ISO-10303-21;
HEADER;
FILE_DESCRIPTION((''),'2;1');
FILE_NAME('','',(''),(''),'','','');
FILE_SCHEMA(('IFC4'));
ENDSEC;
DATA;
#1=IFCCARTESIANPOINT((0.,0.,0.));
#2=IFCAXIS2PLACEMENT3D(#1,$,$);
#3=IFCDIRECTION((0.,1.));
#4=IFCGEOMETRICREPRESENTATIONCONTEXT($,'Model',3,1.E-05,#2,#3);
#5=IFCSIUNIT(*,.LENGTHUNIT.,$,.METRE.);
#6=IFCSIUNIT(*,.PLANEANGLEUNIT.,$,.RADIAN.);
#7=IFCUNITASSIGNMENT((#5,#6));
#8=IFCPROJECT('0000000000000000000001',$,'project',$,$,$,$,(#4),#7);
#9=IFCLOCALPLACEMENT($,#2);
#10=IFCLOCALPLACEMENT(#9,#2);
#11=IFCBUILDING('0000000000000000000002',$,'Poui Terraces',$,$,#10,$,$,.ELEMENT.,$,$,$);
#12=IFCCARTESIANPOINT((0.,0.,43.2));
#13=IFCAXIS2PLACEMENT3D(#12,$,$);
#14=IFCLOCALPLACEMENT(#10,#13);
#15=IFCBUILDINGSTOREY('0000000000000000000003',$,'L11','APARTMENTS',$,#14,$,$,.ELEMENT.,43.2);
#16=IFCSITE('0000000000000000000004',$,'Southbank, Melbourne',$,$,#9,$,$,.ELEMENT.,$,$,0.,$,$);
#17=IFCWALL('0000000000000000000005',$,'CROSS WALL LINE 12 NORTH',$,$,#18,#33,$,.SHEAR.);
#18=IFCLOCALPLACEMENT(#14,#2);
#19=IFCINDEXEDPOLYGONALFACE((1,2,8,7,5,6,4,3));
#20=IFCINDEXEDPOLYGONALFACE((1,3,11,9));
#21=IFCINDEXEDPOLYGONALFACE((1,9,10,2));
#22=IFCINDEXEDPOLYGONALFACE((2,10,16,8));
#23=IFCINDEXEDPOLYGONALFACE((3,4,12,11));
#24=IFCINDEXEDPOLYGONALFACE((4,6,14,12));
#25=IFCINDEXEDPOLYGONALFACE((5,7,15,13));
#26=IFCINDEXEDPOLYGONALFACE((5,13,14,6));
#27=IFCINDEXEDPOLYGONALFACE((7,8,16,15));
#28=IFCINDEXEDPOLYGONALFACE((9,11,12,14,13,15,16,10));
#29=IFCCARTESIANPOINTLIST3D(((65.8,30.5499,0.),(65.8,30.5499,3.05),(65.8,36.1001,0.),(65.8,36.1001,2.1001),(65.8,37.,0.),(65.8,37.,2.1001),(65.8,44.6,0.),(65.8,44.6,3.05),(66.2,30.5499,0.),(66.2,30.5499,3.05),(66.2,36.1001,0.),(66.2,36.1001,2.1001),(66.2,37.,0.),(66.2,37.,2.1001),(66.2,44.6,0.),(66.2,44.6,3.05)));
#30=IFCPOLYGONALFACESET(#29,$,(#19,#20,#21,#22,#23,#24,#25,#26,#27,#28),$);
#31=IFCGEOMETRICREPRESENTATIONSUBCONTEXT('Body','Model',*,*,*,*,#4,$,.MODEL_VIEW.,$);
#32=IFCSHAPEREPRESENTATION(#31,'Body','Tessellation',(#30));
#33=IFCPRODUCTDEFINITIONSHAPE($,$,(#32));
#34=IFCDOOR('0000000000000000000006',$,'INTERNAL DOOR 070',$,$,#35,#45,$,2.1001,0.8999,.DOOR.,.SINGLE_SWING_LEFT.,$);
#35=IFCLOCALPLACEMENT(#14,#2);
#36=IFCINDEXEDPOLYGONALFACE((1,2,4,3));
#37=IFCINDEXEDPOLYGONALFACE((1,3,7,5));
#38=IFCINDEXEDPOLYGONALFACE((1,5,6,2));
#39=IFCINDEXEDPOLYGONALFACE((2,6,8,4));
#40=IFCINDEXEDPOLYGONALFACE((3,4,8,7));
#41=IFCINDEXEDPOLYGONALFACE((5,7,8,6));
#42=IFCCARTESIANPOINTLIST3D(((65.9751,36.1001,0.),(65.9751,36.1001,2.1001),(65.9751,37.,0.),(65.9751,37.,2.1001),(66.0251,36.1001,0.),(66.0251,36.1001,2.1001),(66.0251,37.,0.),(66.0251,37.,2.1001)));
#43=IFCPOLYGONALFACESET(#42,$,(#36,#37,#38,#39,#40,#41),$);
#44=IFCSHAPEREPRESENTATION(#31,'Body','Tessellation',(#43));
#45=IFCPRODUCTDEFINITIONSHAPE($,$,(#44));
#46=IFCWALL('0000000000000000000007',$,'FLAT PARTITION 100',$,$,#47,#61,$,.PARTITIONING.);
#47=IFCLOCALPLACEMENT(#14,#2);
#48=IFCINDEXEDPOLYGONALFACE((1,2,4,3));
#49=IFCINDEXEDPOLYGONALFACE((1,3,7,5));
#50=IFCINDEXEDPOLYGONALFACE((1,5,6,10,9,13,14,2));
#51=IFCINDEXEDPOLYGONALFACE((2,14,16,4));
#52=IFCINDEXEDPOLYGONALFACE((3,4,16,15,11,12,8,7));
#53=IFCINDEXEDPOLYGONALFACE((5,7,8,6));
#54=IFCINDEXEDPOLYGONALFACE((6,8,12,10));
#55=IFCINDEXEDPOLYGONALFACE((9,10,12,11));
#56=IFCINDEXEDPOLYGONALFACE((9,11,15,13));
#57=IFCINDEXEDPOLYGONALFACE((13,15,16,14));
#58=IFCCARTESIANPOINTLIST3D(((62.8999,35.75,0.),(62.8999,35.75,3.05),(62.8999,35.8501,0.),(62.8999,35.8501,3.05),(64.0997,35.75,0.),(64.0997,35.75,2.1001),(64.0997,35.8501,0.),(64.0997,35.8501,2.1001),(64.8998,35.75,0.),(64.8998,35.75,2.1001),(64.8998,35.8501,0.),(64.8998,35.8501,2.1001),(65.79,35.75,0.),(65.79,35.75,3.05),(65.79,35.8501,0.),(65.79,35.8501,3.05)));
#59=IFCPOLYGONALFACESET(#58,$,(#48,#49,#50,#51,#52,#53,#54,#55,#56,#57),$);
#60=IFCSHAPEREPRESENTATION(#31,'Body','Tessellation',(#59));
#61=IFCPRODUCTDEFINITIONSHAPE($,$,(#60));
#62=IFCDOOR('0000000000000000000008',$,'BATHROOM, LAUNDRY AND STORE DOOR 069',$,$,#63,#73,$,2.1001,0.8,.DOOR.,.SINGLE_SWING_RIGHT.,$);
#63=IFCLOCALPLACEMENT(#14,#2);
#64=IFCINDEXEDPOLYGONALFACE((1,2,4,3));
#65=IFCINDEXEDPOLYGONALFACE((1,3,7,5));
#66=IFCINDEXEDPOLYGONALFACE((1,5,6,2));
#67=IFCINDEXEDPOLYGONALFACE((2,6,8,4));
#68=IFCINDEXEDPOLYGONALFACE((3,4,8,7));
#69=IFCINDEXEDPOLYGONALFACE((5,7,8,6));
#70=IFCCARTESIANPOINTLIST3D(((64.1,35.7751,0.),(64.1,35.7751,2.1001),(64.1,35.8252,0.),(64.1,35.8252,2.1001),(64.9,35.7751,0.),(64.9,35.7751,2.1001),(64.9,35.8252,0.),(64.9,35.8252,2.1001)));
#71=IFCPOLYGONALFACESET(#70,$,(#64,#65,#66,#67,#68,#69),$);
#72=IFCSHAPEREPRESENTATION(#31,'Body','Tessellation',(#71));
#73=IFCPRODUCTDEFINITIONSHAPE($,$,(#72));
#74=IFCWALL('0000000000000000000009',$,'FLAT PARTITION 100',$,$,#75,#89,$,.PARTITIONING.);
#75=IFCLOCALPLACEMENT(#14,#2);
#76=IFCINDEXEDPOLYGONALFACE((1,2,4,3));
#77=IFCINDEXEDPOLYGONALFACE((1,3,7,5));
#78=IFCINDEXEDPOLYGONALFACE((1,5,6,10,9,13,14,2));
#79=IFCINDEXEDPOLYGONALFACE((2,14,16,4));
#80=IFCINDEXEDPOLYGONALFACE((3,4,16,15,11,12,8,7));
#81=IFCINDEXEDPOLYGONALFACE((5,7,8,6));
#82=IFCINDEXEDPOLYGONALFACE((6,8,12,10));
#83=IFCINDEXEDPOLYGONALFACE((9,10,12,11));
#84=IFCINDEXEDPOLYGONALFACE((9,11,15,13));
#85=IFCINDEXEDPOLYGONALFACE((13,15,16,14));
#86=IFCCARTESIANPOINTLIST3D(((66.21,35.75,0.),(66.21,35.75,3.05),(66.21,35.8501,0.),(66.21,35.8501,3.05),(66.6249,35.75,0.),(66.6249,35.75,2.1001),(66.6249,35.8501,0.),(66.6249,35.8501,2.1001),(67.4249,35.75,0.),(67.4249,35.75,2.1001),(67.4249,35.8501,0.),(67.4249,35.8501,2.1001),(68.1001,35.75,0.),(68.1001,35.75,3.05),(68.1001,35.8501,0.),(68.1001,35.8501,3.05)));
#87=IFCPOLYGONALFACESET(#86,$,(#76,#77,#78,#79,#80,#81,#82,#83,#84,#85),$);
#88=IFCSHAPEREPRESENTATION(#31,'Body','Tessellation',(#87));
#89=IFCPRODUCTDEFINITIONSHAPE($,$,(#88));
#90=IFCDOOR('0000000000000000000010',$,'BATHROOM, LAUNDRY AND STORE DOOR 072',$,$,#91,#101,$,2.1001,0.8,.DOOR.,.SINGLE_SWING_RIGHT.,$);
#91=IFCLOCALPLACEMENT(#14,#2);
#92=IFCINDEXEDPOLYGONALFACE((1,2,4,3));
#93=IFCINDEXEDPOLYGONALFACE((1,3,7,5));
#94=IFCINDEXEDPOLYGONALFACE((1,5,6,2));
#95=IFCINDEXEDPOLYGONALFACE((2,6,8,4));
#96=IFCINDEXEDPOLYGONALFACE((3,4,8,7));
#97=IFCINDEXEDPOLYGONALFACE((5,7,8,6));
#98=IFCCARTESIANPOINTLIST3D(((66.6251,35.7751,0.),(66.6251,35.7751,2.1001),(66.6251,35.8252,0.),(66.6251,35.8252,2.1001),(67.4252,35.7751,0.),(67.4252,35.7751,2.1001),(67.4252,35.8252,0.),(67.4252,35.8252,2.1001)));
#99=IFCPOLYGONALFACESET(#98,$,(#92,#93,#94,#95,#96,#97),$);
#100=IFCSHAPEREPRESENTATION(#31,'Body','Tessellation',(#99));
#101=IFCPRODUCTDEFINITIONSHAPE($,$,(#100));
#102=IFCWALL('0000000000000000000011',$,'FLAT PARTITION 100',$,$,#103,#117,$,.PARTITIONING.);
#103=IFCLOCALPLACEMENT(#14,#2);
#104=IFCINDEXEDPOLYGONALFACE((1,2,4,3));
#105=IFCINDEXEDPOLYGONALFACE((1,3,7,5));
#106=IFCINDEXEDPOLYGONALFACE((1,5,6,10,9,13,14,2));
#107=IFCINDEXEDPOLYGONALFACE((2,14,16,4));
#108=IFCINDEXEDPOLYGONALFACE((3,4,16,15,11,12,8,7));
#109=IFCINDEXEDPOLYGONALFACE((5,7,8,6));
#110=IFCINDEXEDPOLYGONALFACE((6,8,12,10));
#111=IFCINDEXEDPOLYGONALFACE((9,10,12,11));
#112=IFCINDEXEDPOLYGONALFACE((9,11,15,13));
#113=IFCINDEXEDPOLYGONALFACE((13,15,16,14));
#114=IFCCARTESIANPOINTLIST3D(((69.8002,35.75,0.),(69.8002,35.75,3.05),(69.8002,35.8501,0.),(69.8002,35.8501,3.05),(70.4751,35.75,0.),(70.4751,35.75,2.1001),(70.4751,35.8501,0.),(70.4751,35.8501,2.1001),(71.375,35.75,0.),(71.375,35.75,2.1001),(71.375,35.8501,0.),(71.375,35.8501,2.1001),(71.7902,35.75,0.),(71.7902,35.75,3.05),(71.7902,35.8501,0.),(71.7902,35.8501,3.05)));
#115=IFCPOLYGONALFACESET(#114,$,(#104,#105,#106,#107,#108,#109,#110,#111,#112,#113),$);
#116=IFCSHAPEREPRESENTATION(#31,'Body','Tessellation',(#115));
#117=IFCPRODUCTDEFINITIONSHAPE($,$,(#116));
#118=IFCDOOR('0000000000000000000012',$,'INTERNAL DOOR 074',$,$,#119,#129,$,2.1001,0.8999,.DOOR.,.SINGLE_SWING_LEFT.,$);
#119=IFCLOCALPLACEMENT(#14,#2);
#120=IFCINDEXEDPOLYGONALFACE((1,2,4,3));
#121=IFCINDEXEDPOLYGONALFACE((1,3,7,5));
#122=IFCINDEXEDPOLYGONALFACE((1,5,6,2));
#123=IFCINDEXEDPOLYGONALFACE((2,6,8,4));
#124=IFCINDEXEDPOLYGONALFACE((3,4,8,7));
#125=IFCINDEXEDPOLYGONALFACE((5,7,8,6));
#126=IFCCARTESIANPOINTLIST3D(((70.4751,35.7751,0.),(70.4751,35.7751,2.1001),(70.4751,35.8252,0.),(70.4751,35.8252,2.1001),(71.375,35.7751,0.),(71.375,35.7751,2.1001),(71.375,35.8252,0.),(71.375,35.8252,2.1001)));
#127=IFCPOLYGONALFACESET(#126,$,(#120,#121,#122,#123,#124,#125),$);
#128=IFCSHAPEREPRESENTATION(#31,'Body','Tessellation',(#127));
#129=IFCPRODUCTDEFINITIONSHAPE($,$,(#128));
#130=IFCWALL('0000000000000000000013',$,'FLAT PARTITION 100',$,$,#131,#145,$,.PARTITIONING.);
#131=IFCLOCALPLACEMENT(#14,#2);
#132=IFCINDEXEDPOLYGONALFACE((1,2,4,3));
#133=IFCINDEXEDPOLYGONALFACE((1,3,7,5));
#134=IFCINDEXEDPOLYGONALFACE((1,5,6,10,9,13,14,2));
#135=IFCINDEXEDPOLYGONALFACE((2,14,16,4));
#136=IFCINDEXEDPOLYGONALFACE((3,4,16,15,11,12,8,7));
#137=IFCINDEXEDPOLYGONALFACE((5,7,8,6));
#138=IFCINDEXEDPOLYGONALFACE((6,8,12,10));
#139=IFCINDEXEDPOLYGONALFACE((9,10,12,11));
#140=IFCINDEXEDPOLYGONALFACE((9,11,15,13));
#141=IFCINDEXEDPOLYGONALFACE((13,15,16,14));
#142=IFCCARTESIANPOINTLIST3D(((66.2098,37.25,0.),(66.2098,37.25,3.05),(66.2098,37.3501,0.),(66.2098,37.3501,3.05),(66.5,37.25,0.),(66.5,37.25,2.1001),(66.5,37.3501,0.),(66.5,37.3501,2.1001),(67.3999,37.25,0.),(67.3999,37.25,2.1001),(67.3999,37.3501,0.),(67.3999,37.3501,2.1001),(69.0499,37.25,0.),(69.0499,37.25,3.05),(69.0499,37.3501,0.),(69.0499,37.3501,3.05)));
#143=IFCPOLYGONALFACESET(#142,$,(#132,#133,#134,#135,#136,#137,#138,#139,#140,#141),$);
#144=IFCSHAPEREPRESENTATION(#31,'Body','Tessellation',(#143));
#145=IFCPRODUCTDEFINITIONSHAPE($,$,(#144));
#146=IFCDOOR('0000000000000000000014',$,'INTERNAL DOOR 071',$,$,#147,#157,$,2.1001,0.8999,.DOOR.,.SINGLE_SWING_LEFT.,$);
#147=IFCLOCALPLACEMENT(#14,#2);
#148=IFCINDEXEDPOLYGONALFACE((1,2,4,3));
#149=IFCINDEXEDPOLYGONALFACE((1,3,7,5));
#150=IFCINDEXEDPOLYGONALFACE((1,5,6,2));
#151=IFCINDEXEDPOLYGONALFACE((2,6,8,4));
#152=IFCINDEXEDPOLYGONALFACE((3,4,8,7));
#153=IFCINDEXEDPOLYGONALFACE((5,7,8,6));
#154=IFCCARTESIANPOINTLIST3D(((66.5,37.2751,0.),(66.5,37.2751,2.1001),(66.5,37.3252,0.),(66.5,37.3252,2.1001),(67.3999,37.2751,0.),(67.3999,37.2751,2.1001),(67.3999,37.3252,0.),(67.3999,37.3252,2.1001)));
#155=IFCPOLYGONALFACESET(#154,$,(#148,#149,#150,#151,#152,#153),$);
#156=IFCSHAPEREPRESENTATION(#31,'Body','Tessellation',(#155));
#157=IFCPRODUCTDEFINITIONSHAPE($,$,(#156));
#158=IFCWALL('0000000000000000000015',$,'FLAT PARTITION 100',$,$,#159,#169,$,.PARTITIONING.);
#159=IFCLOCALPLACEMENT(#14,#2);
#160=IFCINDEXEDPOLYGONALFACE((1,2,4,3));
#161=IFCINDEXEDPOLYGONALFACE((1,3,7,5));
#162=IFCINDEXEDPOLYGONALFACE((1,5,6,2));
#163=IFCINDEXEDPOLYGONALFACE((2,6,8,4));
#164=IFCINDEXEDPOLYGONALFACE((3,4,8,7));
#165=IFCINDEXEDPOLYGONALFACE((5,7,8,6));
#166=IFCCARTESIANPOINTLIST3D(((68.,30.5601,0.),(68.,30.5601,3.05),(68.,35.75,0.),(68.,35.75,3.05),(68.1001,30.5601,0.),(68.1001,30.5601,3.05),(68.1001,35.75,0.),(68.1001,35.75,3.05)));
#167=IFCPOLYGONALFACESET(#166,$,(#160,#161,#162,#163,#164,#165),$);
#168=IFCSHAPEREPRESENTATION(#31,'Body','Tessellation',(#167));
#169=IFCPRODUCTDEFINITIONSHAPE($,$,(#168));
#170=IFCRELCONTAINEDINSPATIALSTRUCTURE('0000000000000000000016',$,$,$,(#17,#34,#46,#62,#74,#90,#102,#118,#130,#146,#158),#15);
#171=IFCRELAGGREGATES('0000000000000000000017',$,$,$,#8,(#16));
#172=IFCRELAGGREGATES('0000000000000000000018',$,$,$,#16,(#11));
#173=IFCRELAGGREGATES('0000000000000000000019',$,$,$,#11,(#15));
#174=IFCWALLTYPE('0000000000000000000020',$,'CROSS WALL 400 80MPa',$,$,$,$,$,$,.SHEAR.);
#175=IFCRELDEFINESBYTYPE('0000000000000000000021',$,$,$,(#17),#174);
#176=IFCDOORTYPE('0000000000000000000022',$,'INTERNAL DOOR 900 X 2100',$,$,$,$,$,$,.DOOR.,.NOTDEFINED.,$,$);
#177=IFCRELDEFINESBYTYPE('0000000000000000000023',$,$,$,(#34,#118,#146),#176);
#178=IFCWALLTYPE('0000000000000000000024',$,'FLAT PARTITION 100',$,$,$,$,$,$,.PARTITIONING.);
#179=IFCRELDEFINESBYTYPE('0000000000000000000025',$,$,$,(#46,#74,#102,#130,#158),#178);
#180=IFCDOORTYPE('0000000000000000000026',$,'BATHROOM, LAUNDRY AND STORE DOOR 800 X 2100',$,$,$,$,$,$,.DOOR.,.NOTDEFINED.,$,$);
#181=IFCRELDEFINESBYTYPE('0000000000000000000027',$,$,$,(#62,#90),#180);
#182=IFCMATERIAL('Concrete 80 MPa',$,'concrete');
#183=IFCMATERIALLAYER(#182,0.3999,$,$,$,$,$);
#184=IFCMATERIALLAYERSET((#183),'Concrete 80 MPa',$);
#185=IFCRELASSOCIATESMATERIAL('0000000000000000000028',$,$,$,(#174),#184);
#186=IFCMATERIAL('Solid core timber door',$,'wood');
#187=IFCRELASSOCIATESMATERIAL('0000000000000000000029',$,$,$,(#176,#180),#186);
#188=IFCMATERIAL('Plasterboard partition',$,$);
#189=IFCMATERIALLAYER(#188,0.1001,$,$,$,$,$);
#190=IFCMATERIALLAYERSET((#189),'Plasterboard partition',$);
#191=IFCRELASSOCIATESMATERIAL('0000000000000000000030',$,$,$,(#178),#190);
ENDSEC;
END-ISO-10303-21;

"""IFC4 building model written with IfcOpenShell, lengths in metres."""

from ifc_helpers import new_model, si_unit, direction, frame, frame_2d, origin, place, context, subcontext, project, spatial, rectangle, extrude, material, layer, layer_set, type_object, element, fill, save


model = new_model("IFC4")

# Units and contexts
model_context = context("Model", 3, precision=1e-05, world=origin(), true_north=direction((0.0, 1.0)))
body_context = subcontext(model_context, "Body", "Model", "MODEL_VIEW")
ifc_project = project(units=[si_unit("LENGTHUNIT", "METRE"), si_unit("PLANEANGLEUNIT", "RADIAN")], contexts=[model_context])

# Site, building, storey
site_placement = place(None, origin())
site = spatial("IfcSite", under=ifc_project, at=site_placement, Name="Southbank, Melbourne", CompositionType="ELEMENT", RefElevation=0.0)
building_placement = place(site_placement, origin())
building = spatial("IfcBuilding", under=site, at=building_placement, Name="Poui Terraces", CompositionType="ELEMENT")
storey_placement = place(building_placement, frame((0.0, 0.0, 43.2)))
storey = spatial("IfcBuildingStorey", under=building, at=storey_placement, Name="L11", Description="APARTMENTS", CompositionType="ELEMENT", Elevation=43.2)

# Walls, openings, doors
ifc_material_1 = material(Name="Concrete 80 MPa", Category="concrete")
ifc_layer_1 = layer(ifc_material_1, 0.3999)
ifc_layer_set_1 = layer_set([ifc_layer_1], Name="Concrete 80 MPa")
wall_type_1 = type_object("IfcWallType", Name="CROSS WALL 400 80MPa", PredefinedType="SHEAR", material=ifc_layer_set_1)
wall_1_placement = place(storey_placement, frame((66.0, 30.55, 0.0), z_axis=(0.0, 0.0, 1.0), x_axis=(0.0, 1.0, 0.0)))
wall_1 = element("IfcWall", 1, at=wall_1_placement, inside=storey, type_object=wall_type_1, Name="CROSS WALL LINE 12 NORTH", PredefinedType="SHEAR", context=body_context, shape_type="SweptSolid", body=[
    extrude(rectangle(XDim=14.05, YDim=0.3999, at=frame_2d((7.0249, 0.0))), origin(), (0.0, 0.0, 1.0), 3.05),
])
opening_1_placement = place(wall_1_placement, frame((5.55, 0.0, 0.0)))
opening_1 = element("IfcOpeningElement", 2, at=opening_1_placement, cuts=wall_1, PredefinedType="OPENING", context=body_context, shape_type="SweptSolid", body=[
    extrude(rectangle(XDim=0.8999, YDim=2.1001, at=frame_2d((0.45, 1.05))), frame((0.0, 0.21, 0.0), z_axis=(0.0, -1.0, 0.0), x_axis=(1.0, 0.0, 0.0)), (0.0, 0.0, 1.0), 0.4199),
])
ifc_material_2 = material(Name="Solid core timber door", Category="wood")
door_type_1 = type_object("IfcDoorType", Name="INTERNAL DOOR 900 X 2100", OperationType="NOTDEFINED", PredefinedType="DOOR", material=ifc_material_2)
door_1_placement = place(opening_1_placement, origin())
door_1 = element("IfcDoor", 3, at=door_1_placement, inside=storey, type_object=door_type_1, Name="INTERNAL DOOR 070", OperationType="SINGLE_SWING_LEFT", OverallHeight=2.1001, OverallWidth=0.8999, PredefinedType="DOOR", context=body_context, shape_type="SweptSolid", body=[
    extrude(rectangle(XDim=0.8999, YDim=2.1001, at=frame_2d((0.45, 1.05))), frame((0.0, 0.0249, 0.0), z_axis=(0.0, -1.0, 0.0), x_axis=(1.0, 0.0, 0.0)), (0.0, 0.0, 1.0), 0.05),
])
fill(opening_1, door_1)
ifc_material_3 = material(Name="Plasterboard partition")
ifc_layer_2 = layer(ifc_material_3, 0.1001)
ifc_layer_set_2 = layer_set([ifc_layer_2], Name="Plasterboard partition")
wall_type_2 = type_object("IfcWallType", Name="FLAT PARTITION 100", PredefinedType="PARTITIONING", material=ifc_layer_set_2)
wall_2_placement = place(storey_placement, frame((62.8999, 35.8, 0.0), z_axis=(0.0, 0.0, 1.0), x_axis=(1.0, 0.0, 0.0)))
wall_2 = element("IfcWall", 4, at=wall_2_placement, inside=storey, type_object=wall_type_2, Name="FLAT PARTITION 100", PredefinedType="PARTITIONING", context=body_context, shape_type="SweptSolid", body=[
    extrude(rectangle(XDim=2.8901, YDim=0.1001, at=frame_2d((1.4451, 0.0))), origin(), (0.0, 0.0, 1.0), 3.05),
])
opening_2_placement = place(wall_2_placement, frame((1.2, 0.0, 0.0)))
opening_2 = element("IfcOpeningElement", 5, at=opening_2_placement, cuts=wall_2, PredefinedType="OPENING", context=body_context, shape_type="SweptSolid", body=[
    extrude(rectangle(XDim=0.8, YDim=2.1001, at=frame_2d((0.3999, 1.05))), frame((0.0, 0.0601, 0.0), z_axis=(0.0, -1.0, 0.0), x_axis=(1.0, 0.0, 0.0)), (0.0, 0.0, 1.0), 0.1201),
])
door_type_2 = type_object("IfcDoorType", Name="BATHROOM, LAUNDRY AND STORE DOOR 800 X 2100", OperationType="NOTDEFINED", PredefinedType="DOOR", material=ifc_material_2)
door_2_placement = place(opening_2_placement, frame((0.8, 0.0, 0.0), z_axis=(0.0, 0.0, 1.0), x_axis=(-1.0, 0.0, 0.0)))
door_2 = element("IfcDoor", 6, at=door_2_placement, inside=storey, type_object=door_type_2, Name="BATHROOM, LAUNDRY AND STORE DOOR 069", OperationType="SINGLE_SWING_RIGHT", OverallHeight=2.1001, OverallWidth=0.8, PredefinedType="DOOR", context=body_context, shape_type="SweptSolid", body=[
    extrude(rectangle(XDim=0.8, YDim=2.1001, at=frame_2d((0.3999, 1.05))), frame((0.0, 0.0249, 0.0), z_axis=(0.0, -1.0, 0.0), x_axis=(1.0, 0.0, 0.0)), (0.0, 0.0, 1.0), 0.05),
])
fill(opening_2, door_2)
wall_3_placement = place(storey_placement, frame((66.21, 35.8, 0.0), z_axis=(0.0, 0.0, 1.0), x_axis=(1.0, 0.0, 0.0)))
wall_3 = element("IfcWall", 7, at=wall_3_placement, inside=storey, type_object=wall_type_2, Name="FLAT PARTITION 100", PredefinedType="PARTITIONING", context=body_context, shape_type="SweptSolid", body=[
    extrude(rectangle(XDim=1.8901, YDim=0.1001, at=frame_2d((0.9451, 0.0))), origin(), (0.0, 0.0, 1.0), 3.05),
])
opening_3_placement = place(wall_3_placement, frame((0.415, 0.0, 0.0)))
opening_3 = element("IfcOpeningElement", 8, at=opening_3_placement, cuts=wall_3, PredefinedType="OPENING", context=body_context, shape_type="SweptSolid", body=[
    extrude(rectangle(XDim=0.8, YDim=2.1001, at=frame_2d((0.3999, 1.05))), frame((0.0, 0.0601, 0.0), z_axis=(0.0, -1.0, 0.0), x_axis=(1.0, 0.0, 0.0)), (0.0, 0.0, 1.0), 0.1201),
])
door_3_placement = place(opening_3_placement, frame((0.8, 0.0, 0.0), z_axis=(0.0, 0.0, 1.0), x_axis=(-1.0, 0.0, 0.0)))
door_3 = element("IfcDoor", 9, at=door_3_placement, inside=storey, type_object=door_type_2, Name="BATHROOM, LAUNDRY AND STORE DOOR 072", OperationType="SINGLE_SWING_RIGHT", OverallHeight=2.1001, OverallWidth=0.8, PredefinedType="DOOR", context=body_context, shape_type="SweptSolid", body=[
    extrude(rectangle(XDim=0.8, YDim=2.1001, at=frame_2d((0.3999, 1.05))), frame((0.0, 0.0249, 0.0), z_axis=(0.0, -1.0, 0.0), x_axis=(1.0, 0.0, 0.0)), (0.0, 0.0, 1.0), 0.05),
])
fill(opening_3, door_3)
wall_4_placement = place(storey_placement, frame((69.8, 35.8, 0.0), z_axis=(0.0, 0.0, 1.0), x_axis=(1.0, 0.0, 0.0)))
wall_4 = element("IfcWall", 10, at=wall_4_placement, inside=storey, type_object=wall_type_2, Name="FLAT PARTITION 100", PredefinedType="PARTITIONING", context=body_context, shape_type="SweptSolid", body=[
    extrude(rectangle(XDim=1.99, YDim=0.1001, at=frame_2d((0.9951, 0.0))), origin(), (0.0, 0.0, 1.0), 3.05),
])
opening_4_placement = place(wall_4_placement, frame((0.675, 0.0, 0.0)))
opening_4 = element("IfcOpeningElement", 11, at=opening_4_placement, cuts=wall_4, PredefinedType="OPENING", context=body_context, shape_type="SweptSolid", body=[
    extrude(rectangle(XDim=0.8999, YDim=2.1001, at=frame_2d((0.45, 1.05))), frame((0.0, 0.0601, 0.0), z_axis=(0.0, -1.0, 0.0), x_axis=(1.0, 0.0, 0.0)), (0.0, 0.0, 1.0), 0.1201),
])
door_4_placement = place(opening_4_placement, frame((0.8999, 0.0, 0.0), z_axis=(0.0, 0.0, 1.0), x_axis=(-1.0, 0.0, 0.0)))
door_4 = element("IfcDoor", 12, at=door_4_placement, inside=storey, type_object=door_type_1, Name="INTERNAL DOOR 074", OperationType="SINGLE_SWING_LEFT", OverallHeight=2.1001, OverallWidth=0.8999, PredefinedType="DOOR", context=body_context, shape_type="SweptSolid", body=[
    extrude(rectangle(XDim=0.8999, YDim=2.1001, at=frame_2d((0.45, 1.05))), frame((0.0, 0.0249, 0.0), z_axis=(0.0, -1.0, 0.0), x_axis=(1.0, 0.0, 0.0)), (0.0, 0.0, 1.0), 0.05),
])
fill(opening_4, door_4)
wall_5_placement = place(storey_placement, frame((66.21, 37.3, 0.0), z_axis=(0.0, 0.0, 1.0), x_axis=(1.0, 0.0, 0.0)))
wall_5 = element("IfcWall", 13, at=wall_5_placement, inside=storey, type_object=wall_type_2, Name="FLAT PARTITION 100", PredefinedType="PARTITIONING", context=body_context, shape_type="SweptSolid", body=[
    extrude(rectangle(XDim=2.8401, YDim=0.1001, at=frame_2d((1.4199, 0.0))), origin(), (0.0, 0.0, 1.0), 3.05),
])
opening_5_placement = place(wall_5_placement, frame((0.29, 0.0, 0.0)))
opening_5 = element("IfcOpeningElement", 14, at=opening_5_placement, cuts=wall_5, PredefinedType="OPENING", context=body_context, shape_type="SweptSolid", body=[
    extrude(rectangle(XDim=0.8999, YDim=2.1001, at=frame_2d((0.45, 1.05))), frame((0.0, 0.0601, 0.0), z_axis=(0.0, -1.0, 0.0), x_axis=(1.0, 0.0, 0.0)), (0.0, 0.0, 1.0), 0.1201),
])
door_5_placement = place(opening_5_placement, frame((0.8999, 0.0, 0.0), z_axis=(0.0, 0.0, 1.0), x_axis=(-1.0, 0.0, 0.0)))
door_5 = element("IfcDoor", 15, at=door_5_placement, inside=storey, type_object=door_type_1, Name="INTERNAL DOOR 071", OperationType="SINGLE_SWING_LEFT", OverallHeight=2.1001, OverallWidth=0.8999, PredefinedType="DOOR", context=body_context, shape_type="SweptSolid", body=[
    extrude(rectangle(XDim=0.8999, YDim=2.1001, at=frame_2d((0.45, 1.05))), frame((0.0, 0.0249, 0.0), z_axis=(0.0, -1.0, 0.0), x_axis=(1.0, 0.0, 0.0)), (0.0, 0.0, 1.0), 0.05),
])
fill(opening_5, door_5)

# Wall
wall_6_placement = place(storey_placement, frame((68.05, 30.5601, 0.0), z_axis=(0.0, 0.0, 1.0), x_axis=(0.0, 1.0, 0.0)))
element("IfcWall", 16, at=wall_6_placement, inside=storey, type_object=wall_type_2, Name="FLAT PARTITION 100", PredefinedType="PARTITIONING", context=body_context, shape_type="SweptSolid", body=[
    extrude(rectangle(XDim=5.1899, YDim=0.1001, at=frame_2d((2.595, 0.0))), origin(), (0.0, 0.0, 1.0), 3.05),
])

save(model, "model.ifc")
